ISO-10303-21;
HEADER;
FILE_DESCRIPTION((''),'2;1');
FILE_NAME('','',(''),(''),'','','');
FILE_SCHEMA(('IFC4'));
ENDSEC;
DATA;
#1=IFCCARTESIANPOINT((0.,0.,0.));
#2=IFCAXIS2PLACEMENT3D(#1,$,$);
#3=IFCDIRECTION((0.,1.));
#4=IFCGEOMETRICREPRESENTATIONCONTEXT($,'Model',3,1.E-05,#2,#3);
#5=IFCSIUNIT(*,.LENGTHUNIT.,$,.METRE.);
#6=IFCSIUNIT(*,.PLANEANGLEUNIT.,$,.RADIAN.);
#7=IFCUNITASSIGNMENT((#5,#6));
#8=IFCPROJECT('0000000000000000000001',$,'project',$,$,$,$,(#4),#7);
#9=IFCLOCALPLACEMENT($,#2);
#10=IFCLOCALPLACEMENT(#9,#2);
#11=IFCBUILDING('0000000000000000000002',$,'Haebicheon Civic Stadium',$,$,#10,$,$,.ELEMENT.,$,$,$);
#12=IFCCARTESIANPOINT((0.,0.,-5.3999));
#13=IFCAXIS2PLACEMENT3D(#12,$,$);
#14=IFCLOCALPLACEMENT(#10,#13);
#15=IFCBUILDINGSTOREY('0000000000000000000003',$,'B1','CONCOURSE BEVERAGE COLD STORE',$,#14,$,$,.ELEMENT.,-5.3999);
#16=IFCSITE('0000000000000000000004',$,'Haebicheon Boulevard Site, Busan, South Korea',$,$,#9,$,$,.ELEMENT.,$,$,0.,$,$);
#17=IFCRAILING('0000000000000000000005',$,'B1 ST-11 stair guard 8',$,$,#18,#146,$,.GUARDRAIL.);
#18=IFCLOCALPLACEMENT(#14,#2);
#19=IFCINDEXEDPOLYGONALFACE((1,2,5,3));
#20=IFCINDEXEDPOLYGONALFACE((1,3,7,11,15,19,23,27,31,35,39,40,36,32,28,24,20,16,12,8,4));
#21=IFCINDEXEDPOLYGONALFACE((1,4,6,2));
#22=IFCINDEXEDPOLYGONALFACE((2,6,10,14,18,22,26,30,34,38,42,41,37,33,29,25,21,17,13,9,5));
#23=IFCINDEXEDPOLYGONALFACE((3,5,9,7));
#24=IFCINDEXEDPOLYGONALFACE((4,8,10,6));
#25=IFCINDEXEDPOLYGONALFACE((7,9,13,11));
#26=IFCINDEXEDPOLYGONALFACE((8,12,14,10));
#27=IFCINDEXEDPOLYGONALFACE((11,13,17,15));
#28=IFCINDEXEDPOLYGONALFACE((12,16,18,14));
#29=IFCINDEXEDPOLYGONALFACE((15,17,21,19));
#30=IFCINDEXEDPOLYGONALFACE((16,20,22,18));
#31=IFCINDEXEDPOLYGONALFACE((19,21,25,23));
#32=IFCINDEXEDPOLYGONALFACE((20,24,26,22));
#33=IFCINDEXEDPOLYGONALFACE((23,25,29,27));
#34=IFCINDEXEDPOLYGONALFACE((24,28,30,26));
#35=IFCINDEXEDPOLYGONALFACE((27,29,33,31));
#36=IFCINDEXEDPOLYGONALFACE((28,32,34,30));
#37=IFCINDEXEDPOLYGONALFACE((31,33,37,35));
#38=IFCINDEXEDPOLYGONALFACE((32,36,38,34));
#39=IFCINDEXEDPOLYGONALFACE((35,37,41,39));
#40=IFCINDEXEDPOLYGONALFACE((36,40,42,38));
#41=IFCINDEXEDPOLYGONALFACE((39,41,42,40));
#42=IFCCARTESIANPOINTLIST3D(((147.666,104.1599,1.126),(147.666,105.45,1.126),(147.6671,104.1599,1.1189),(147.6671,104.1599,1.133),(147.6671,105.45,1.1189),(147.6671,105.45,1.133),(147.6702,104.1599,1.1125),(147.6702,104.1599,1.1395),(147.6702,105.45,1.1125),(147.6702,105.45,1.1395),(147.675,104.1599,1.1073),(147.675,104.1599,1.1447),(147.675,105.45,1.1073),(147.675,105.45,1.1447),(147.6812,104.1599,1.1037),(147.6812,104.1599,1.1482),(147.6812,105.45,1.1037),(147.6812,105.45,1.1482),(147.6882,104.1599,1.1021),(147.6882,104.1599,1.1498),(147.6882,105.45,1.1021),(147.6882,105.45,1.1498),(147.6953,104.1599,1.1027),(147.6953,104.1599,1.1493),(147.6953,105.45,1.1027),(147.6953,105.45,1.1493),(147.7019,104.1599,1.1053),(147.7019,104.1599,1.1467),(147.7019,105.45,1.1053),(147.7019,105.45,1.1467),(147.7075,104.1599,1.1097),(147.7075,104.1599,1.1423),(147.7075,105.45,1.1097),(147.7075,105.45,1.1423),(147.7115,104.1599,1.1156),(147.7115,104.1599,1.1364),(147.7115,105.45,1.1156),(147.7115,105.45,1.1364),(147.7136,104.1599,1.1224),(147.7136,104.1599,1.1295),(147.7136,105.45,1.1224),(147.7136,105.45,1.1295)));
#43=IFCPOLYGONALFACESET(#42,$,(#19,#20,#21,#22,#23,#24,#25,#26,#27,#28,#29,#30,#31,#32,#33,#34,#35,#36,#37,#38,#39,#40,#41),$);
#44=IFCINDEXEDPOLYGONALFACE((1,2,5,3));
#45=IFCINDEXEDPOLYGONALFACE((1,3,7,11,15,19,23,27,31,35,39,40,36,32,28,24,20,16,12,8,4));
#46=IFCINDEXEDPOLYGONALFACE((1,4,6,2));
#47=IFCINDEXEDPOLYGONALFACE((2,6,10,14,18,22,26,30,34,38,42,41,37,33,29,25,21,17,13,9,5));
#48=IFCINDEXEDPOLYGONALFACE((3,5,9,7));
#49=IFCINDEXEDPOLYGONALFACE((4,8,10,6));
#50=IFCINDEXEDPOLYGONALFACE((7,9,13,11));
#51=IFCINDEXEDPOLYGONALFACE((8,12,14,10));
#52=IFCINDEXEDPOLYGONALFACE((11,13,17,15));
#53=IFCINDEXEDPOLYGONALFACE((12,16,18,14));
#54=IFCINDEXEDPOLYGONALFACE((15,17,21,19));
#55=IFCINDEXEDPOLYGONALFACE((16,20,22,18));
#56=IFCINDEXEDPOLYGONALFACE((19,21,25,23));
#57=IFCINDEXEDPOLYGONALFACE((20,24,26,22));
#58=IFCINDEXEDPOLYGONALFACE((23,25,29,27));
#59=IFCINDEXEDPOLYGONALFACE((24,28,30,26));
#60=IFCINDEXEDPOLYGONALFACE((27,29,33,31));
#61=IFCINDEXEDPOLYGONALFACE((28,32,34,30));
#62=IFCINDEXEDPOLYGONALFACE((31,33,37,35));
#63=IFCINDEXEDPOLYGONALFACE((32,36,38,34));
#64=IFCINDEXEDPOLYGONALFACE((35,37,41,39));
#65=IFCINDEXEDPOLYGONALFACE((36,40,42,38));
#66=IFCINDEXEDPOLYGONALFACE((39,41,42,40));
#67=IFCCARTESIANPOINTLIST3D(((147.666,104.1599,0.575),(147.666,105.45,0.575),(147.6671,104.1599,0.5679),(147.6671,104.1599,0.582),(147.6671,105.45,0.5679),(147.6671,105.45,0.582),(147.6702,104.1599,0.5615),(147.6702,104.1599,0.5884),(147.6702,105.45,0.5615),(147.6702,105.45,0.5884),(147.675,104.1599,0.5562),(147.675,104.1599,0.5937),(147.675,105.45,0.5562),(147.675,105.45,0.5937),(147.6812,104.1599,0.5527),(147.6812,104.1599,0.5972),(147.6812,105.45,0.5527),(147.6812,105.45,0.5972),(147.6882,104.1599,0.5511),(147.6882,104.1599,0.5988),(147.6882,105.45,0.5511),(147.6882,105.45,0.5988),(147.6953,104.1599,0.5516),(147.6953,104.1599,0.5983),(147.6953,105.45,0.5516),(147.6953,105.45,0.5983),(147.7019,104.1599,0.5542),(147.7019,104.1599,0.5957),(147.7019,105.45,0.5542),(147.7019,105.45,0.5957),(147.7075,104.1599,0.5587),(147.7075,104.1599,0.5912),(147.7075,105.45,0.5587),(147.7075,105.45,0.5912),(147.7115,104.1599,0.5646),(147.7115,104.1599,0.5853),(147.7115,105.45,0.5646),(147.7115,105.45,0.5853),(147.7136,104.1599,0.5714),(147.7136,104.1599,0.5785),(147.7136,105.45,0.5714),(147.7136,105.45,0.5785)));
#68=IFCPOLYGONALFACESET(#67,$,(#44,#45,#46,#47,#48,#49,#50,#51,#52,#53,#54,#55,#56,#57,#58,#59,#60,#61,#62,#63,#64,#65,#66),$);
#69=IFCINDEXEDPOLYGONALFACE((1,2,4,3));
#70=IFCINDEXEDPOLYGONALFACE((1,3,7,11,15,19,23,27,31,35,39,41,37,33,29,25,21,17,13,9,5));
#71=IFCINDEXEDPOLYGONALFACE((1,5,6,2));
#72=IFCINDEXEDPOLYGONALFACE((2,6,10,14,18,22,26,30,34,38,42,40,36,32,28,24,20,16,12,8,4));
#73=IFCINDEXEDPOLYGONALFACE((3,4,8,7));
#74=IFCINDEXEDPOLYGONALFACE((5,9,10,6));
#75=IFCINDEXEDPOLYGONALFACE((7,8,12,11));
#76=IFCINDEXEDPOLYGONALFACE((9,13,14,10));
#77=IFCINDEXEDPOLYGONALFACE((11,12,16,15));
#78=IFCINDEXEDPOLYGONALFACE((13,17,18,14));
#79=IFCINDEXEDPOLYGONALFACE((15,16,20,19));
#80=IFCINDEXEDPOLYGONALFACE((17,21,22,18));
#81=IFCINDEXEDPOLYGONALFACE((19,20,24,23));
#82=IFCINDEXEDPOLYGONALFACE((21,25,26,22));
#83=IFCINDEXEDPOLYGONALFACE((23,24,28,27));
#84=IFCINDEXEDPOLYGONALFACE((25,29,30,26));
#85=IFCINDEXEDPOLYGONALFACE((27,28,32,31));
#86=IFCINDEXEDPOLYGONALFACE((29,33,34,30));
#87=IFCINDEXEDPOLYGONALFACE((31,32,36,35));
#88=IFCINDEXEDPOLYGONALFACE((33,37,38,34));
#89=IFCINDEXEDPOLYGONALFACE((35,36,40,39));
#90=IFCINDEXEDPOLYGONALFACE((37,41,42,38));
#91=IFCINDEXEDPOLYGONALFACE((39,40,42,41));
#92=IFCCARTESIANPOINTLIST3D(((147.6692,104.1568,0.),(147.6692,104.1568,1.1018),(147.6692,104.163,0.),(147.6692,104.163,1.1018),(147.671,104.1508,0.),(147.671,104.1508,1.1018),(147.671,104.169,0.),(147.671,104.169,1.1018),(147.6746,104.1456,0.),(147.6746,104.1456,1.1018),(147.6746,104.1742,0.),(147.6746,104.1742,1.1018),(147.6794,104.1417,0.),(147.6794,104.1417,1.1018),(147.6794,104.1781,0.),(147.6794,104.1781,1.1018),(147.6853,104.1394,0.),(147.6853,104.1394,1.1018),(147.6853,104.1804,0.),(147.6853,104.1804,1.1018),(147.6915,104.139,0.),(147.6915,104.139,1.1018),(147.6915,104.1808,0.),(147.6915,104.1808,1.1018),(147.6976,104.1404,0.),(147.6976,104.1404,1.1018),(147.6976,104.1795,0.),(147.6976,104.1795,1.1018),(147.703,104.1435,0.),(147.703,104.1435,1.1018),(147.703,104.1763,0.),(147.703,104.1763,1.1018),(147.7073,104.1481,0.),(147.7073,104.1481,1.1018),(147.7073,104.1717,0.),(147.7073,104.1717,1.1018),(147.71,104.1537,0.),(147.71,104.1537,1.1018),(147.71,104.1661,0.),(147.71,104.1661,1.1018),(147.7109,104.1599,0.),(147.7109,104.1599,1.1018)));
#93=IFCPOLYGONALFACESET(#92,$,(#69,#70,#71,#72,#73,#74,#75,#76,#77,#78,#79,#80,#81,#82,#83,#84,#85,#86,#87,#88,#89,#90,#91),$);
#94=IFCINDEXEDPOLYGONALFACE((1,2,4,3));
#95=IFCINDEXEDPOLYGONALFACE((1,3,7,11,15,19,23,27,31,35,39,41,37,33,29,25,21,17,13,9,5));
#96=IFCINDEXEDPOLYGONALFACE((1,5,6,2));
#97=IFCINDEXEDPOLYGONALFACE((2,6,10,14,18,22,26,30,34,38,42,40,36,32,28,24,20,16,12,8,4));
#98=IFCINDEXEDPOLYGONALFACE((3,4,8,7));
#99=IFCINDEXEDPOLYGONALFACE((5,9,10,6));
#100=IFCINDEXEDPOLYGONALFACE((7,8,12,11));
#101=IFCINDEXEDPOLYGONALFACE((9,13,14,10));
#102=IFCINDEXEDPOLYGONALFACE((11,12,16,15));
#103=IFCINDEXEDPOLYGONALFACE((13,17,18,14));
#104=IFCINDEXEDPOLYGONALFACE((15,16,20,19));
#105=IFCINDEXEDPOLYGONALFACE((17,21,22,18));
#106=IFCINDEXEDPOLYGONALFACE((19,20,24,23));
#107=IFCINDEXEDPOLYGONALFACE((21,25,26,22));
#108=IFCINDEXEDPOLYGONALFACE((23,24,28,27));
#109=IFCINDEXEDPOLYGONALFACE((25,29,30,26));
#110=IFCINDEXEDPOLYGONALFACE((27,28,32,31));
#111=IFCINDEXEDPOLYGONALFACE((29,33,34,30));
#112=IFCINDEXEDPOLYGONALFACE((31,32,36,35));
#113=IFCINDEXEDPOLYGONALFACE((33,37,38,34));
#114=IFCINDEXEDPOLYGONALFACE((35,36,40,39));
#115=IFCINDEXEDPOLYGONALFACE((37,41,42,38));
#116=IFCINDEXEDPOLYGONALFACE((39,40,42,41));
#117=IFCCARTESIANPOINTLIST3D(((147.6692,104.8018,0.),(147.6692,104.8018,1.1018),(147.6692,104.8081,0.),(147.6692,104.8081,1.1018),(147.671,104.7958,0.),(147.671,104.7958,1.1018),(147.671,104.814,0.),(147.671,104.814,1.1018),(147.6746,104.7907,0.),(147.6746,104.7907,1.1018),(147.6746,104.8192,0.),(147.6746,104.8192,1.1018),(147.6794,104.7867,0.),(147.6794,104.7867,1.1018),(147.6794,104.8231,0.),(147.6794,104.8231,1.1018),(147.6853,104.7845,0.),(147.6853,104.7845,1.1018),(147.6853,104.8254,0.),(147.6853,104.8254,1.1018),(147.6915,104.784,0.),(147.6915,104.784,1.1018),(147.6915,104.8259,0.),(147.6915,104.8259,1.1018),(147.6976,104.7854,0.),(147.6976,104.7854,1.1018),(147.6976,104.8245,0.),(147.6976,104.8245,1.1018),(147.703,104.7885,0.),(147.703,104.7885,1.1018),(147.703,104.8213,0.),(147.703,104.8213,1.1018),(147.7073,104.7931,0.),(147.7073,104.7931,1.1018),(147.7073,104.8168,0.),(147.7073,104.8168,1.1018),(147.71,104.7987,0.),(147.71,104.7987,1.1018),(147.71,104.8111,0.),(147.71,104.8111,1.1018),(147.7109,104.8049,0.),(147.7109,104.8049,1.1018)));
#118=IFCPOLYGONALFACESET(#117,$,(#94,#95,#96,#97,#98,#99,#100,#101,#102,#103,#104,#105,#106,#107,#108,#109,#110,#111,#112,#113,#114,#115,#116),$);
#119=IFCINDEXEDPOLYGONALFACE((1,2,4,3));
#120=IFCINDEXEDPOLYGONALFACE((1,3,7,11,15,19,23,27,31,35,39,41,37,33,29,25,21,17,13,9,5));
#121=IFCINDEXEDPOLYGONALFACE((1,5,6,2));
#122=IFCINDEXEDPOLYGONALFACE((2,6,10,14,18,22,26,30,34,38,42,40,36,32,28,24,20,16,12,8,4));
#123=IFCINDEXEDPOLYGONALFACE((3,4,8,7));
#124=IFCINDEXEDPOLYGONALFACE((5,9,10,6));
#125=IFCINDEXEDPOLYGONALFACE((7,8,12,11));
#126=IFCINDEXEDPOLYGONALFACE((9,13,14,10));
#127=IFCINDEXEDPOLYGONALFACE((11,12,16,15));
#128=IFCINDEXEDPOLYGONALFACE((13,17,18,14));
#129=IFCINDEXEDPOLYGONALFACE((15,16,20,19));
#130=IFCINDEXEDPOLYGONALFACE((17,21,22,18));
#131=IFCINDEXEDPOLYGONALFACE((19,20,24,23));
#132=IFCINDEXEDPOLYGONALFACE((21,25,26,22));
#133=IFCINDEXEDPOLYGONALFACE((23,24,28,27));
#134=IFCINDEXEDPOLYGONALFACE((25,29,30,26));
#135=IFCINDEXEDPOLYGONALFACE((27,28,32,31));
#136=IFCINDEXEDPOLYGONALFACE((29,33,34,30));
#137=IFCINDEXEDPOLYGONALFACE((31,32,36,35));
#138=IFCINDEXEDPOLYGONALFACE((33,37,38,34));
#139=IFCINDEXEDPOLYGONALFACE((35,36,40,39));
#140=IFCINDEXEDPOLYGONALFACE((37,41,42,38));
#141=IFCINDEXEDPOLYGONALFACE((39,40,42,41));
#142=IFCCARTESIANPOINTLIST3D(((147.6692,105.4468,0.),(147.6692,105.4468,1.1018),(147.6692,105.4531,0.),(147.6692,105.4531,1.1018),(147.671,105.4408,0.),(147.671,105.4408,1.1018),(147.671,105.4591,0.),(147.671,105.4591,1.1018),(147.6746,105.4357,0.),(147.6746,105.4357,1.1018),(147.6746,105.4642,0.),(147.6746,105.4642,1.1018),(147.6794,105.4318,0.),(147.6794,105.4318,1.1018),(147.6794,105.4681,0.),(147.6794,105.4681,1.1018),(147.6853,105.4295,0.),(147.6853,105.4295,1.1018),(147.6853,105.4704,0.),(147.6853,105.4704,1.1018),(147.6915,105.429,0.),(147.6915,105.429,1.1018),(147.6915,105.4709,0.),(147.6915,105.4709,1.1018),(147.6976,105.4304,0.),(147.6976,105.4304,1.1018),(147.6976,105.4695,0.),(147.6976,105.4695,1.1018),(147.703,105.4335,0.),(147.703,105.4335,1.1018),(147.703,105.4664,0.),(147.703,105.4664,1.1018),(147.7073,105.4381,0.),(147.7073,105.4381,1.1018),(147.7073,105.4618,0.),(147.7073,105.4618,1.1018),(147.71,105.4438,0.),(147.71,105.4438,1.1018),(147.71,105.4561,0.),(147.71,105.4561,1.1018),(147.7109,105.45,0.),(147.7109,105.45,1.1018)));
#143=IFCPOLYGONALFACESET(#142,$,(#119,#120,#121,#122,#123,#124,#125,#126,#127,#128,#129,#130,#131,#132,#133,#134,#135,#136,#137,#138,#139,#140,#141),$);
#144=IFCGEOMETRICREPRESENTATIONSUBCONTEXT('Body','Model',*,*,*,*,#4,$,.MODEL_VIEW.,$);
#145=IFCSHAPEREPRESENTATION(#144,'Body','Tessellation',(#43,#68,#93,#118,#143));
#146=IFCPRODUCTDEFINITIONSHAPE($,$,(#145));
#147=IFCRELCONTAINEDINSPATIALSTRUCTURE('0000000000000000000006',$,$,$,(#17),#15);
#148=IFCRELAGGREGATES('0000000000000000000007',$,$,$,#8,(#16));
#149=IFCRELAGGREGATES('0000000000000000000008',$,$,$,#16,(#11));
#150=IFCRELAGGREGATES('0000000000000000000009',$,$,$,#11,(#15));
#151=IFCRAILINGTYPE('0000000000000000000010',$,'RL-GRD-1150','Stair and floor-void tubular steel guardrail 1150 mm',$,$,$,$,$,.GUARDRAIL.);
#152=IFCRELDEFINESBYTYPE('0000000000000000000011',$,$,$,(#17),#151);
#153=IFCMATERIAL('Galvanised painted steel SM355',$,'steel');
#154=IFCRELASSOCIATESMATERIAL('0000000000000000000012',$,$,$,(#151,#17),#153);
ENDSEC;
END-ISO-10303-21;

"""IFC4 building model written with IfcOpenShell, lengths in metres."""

from ifc_helpers import new_model, si_unit, direction, frame, origin, origin_2d, place, context, subcontext, project, spatial, circle, extrude, material, type_object, element, save


model = new_model("IFC4")

# Units and contexts
model_context = context("Model", 3, precision=1e-05, world=origin(), true_north=direction((0.0, 1.0)))
body_context = subcontext(model_context, "Body", "Model", "MODEL_VIEW")
ifc_project = project(units=[si_unit("LENGTHUNIT", "METRE"), si_unit("PLANEANGLEUNIT", "RADIAN")], contexts=[model_context])

# Site, building, storey
site_placement = place(None, origin())
site = spatial("IfcSite", under=ifc_project, at=site_placement, Name="Haebicheon Boulevard Site, Busan, South Korea", CompositionType="ELEMENT", RefElevation=0.0)
building_placement = place(site_placement, origin())
building = spatial("IfcBuilding", under=site, at=building_placement, Name="Haebicheon Civic Stadium", CompositionType="ELEMENT")
storey_placement = place(building_placement, frame((0.0, 0.0, -5.3999)))
storey = spatial("IfcBuildingStorey", under=building, at=storey_placement, Name="B1", Description="CONCOURSE BEVERAGE COLD STORE", CompositionType="ELEMENT", Elevation=-5.3999)

# Railing
ifc_material_1 = material(Name="Galvanised painted steel SM355", Category="steel")
railing_type_1 = type_object("IfcRailingType", Name="RL-GRD-1150", Description="Stair and floor-void tubular steel guardrail 1150 mm", PredefinedType="GUARDRAIL", material=ifc_material_1)
railing_1_placement = place(storey_placement, frame((147.6899, 104.1599, 0.0)))
element("IfcRailing", 1, at=railing_1_placement, inside=storey, type_object=railing_type_1, material=ifc_material_1, Name="B1 ST-11 stair guard 8", PredefinedType="GUARDRAIL", context=body_context, shape_type="SweptSolid", body=[
    extrude(circle(Radius=0.0239, at=origin_2d()), frame((0.0, 0.0, 1.126), z_axis=(0.0, 1.0, 0.0), x_axis=(-1.0, 0.0, 0.0)), (0.0, 0.0, 1.0), 1.29),
    extrude(circle(Radius=0.0239, at=origin_2d()), frame((0.0, 0.0, 0.575), z_axis=(0.0, 1.0, 0.0), x_axis=(-1.0, 0.0, 0.0)), (0.0, 0.0, 1.0), 1.29),
    extrude(circle(Radius=0.021, at=origin_2d()), origin(), (0.0, 0.0, 1.0), 1.1018),
    extrude(circle(Radius=0.021, at=origin_2d()), frame((0.0, 0.645, 0.0)), (0.0, 0.0, 1.0), 1.1018),
    extrude(circle(Radius=0.021, at=origin_2d()), frame((0.0, 1.29, 0.0)), (0.0, 0.0, 1.0), 1.1018),
])

save(model, "model.ifc")
